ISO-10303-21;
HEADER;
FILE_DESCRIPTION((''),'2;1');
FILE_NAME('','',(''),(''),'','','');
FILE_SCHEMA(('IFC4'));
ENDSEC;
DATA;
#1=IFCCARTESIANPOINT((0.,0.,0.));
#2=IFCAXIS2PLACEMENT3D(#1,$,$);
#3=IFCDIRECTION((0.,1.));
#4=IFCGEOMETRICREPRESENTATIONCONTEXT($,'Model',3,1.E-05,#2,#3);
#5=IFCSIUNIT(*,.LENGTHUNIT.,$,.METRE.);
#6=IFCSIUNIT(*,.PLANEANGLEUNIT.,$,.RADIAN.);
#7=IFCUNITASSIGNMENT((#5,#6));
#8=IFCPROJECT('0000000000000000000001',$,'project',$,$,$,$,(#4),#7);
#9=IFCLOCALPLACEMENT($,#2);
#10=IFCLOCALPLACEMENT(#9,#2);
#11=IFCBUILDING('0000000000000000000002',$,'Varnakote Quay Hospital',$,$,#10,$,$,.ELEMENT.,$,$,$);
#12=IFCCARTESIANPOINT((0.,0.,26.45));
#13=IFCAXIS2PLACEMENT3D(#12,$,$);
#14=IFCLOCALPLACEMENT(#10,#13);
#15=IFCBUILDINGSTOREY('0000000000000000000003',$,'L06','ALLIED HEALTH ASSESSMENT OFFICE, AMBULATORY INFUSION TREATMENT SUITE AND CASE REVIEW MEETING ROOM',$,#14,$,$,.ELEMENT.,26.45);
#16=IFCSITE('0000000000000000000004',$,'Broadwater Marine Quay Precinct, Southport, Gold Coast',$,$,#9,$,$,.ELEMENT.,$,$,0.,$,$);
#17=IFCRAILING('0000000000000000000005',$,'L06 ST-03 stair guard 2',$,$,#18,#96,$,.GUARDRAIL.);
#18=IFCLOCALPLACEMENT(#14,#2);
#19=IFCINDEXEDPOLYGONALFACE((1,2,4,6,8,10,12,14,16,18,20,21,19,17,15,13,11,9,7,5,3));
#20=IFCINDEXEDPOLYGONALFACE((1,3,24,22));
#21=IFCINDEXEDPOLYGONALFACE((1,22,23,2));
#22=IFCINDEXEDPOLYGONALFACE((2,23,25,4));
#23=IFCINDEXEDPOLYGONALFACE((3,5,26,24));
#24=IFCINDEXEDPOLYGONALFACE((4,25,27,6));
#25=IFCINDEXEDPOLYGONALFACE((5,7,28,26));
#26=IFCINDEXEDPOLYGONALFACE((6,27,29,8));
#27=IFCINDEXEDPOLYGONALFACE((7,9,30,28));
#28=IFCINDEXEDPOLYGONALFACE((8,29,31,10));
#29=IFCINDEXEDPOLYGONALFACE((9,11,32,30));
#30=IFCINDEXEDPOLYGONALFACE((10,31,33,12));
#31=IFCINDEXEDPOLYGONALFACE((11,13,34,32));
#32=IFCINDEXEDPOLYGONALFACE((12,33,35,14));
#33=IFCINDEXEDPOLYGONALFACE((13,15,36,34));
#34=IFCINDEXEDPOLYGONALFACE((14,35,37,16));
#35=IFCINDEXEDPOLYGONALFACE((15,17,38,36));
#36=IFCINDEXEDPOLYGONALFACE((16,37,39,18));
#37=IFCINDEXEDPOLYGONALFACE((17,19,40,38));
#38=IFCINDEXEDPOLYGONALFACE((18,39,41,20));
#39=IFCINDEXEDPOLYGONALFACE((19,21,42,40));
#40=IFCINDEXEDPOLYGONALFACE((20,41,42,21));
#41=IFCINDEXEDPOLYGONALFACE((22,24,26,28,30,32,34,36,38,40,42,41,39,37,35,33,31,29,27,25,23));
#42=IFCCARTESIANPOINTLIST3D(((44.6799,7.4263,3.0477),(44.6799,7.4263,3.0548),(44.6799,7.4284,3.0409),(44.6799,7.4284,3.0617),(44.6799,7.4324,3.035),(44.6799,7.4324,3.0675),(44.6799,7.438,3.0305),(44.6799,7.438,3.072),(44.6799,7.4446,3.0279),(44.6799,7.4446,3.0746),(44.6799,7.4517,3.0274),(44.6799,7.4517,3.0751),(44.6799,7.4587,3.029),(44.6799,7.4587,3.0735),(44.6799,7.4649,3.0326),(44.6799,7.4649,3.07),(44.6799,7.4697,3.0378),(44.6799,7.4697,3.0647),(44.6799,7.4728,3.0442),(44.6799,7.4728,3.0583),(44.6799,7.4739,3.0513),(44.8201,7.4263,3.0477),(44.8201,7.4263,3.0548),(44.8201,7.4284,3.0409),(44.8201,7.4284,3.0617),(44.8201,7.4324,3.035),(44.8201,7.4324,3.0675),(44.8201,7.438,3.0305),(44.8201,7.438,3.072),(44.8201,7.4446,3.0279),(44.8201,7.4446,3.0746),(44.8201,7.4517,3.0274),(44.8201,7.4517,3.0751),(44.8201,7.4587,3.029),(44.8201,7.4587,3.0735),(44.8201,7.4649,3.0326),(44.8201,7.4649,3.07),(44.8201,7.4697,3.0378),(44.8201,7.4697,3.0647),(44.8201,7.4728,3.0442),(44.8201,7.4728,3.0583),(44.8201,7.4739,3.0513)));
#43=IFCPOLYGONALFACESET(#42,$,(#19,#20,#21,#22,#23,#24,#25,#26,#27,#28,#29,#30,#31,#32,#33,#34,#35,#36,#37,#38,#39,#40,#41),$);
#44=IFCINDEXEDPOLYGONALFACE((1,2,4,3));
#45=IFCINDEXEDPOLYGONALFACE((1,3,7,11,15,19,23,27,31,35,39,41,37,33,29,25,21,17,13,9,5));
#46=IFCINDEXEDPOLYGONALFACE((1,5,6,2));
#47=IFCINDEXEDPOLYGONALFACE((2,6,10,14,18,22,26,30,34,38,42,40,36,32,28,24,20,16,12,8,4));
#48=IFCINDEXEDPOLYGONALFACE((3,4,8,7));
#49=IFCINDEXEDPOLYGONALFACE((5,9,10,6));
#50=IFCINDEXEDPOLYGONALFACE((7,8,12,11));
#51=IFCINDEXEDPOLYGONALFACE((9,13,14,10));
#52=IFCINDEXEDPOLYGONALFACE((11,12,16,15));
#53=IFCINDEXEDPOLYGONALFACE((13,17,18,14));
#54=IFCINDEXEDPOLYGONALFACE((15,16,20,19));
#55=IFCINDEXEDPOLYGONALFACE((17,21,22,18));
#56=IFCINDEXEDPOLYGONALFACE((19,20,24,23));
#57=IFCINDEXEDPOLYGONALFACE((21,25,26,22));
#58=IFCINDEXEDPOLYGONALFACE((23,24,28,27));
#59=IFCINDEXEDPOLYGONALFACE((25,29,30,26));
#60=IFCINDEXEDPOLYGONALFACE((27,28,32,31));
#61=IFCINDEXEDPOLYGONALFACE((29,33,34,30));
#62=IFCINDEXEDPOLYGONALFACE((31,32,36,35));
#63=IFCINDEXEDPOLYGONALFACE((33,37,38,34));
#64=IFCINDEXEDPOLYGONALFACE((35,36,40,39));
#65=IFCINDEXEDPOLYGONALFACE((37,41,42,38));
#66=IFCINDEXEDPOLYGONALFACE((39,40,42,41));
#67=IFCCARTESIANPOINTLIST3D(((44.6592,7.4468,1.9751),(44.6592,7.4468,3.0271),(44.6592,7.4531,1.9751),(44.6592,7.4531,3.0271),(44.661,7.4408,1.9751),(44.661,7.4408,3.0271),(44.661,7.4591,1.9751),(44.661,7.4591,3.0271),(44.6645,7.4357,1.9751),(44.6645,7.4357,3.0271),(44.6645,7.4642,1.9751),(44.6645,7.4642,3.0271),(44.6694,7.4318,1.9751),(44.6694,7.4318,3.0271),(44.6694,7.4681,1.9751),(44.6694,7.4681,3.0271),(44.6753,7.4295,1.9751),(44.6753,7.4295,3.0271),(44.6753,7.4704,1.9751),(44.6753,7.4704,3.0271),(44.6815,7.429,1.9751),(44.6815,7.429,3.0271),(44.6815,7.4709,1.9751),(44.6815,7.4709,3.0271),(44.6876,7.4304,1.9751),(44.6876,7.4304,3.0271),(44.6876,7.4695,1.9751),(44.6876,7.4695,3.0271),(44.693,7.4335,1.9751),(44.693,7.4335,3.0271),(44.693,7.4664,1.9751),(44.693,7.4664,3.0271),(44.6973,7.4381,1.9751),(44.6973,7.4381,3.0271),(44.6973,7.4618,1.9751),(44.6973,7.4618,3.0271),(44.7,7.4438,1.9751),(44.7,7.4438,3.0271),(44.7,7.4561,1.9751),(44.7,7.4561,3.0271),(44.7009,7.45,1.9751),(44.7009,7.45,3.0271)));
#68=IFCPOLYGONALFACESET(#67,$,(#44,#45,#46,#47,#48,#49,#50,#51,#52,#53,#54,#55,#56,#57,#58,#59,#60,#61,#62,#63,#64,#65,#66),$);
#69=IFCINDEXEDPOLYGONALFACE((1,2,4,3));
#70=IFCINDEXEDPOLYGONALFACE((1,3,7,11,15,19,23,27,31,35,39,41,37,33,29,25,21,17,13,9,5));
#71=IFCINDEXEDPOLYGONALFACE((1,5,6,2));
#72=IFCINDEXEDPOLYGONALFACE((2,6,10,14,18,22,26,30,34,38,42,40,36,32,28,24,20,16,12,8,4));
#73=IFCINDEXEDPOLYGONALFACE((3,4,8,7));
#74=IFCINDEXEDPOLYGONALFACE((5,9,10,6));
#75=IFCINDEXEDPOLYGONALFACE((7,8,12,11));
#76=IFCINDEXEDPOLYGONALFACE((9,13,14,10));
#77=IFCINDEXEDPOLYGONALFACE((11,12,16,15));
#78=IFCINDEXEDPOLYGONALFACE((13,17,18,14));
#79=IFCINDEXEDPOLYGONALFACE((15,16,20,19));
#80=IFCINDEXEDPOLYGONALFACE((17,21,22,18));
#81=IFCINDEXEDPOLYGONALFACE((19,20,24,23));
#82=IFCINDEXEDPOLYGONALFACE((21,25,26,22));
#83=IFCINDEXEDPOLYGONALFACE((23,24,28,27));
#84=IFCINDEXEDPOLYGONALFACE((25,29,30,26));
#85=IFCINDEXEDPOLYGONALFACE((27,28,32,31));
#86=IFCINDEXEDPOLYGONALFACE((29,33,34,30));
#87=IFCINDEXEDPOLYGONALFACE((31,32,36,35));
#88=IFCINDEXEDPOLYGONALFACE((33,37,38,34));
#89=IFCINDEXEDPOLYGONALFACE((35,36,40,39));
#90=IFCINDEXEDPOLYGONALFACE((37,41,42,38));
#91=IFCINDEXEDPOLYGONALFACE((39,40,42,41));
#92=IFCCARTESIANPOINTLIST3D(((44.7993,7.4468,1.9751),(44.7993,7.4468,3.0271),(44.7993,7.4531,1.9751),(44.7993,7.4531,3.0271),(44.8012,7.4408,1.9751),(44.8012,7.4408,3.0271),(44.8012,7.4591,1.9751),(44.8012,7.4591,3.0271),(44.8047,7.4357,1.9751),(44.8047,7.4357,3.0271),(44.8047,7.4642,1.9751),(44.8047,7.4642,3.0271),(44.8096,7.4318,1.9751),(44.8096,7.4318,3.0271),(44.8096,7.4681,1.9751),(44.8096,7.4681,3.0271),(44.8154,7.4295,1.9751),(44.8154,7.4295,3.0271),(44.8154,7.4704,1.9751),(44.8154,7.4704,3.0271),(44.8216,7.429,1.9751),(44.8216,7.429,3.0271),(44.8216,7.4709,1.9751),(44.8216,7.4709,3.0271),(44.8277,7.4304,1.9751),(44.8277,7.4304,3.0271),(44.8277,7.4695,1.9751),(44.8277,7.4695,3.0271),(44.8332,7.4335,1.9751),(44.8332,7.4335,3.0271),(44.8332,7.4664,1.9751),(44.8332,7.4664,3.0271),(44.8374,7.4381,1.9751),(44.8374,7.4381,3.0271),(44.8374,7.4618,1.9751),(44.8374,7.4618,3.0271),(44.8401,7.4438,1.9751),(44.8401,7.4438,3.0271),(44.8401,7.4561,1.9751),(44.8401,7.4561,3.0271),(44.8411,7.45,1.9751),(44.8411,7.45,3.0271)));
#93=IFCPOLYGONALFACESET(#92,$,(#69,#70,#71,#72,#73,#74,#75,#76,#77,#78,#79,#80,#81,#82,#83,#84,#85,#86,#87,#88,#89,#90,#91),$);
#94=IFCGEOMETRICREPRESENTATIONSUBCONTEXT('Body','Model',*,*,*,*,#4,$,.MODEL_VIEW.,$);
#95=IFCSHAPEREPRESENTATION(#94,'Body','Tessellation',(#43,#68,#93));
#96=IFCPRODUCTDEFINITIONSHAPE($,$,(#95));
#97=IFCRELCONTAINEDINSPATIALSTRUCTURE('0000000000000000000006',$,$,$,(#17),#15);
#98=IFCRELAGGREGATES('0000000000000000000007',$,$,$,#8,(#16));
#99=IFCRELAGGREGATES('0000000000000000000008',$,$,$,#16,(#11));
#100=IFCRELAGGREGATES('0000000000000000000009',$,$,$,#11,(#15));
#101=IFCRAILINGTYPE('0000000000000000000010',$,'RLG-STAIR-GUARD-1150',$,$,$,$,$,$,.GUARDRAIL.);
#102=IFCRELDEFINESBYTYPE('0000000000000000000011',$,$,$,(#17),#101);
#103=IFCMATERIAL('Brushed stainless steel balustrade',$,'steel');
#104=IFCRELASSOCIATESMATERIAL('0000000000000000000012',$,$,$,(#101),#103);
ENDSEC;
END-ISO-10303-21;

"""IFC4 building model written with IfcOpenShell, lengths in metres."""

from ifc_helpers import new_model, si_unit, direction, frame, origin, origin_2d, place, context, subcontext, project, spatial, circle, extrude, material, type_object, element, save


model = new_model("IFC4")

# Units and contexts
model_context = context("Model", 3, precision=1e-05, world=origin(), true_north=direction((0.0, 1.0)))
body_context = subcontext(model_context, "Body", "Model", "MODEL_VIEW")
ifc_project = project(units=[si_unit("LENGTHUNIT", "METRE"), si_unit("PLANEANGLEUNIT", "RADIAN")], contexts=[model_context])

# Site, building, storey
site_placement = place(None, origin())
site = spatial("IfcSite", under=ifc_project, at=site_placement, Name="Broadwater Marine Quay Precinct, Southport, Gold Coast", CompositionType="ELEMENT", RefElevation=0.0)
building_placement = place(site_placement, origin())
building = spatial("IfcBuilding", under=site, at=building_placement, Name="Varnakote Quay Hospital", CompositionType="ELEMENT")
storey_placement = place(building_placement, frame((0.0, 0.0, 26.45)))
storey = spatial("IfcBuildingStorey", under=building, at=storey_placement, Name="L06", Description="ALLIED HEALTH ASSESSMENT OFFICE, AMBULATORY INFUSION TREATMENT SUITE AND CASE REVIEW MEETING ROOM", CompositionType="ELEMENT", Elevation=26.45)

# Railing
ifc_material_1 = material(Name="Brushed stainless steel balustrade", Category="steel")
railing_type_1 = type_object("IfcRailingType", Name="RLG-STAIR-GUARD-1150", PredefinedType="GUARDRAIL", material=ifc_material_1)
railing_1_placement = place(storey_placement, frame((44.6799, 7.45, 1.9751)))
element("IfcRailing", 1, at=railing_1_placement, inside=storey, type_object=railing_type_1, Name="L06 ST-03 stair guard 2", PredefinedType="GUARDRAIL", context=body_context, shape_type="SweptSolid", body=[
    extrude(circle(Radius=0.0239, at=origin_2d()), frame((0.0, 0.0, 1.0762), z_axis=(1.0, 0.0, 0.0), x_axis=(0.0, 1.0, 0.0)), (0.0, 0.0, 1.0), 0.1401),
    extrude(circle(Radius=0.021, at=origin_2d()), origin(), (0.0, 0.0, 1.0), 1.052),
    extrude(circle(Radius=0.021, at=origin_2d()), frame((0.1401, 0.0, 0.0)), (0.0, 0.0, 1.0), 1.052),
])

save(model, "model.ifc")
